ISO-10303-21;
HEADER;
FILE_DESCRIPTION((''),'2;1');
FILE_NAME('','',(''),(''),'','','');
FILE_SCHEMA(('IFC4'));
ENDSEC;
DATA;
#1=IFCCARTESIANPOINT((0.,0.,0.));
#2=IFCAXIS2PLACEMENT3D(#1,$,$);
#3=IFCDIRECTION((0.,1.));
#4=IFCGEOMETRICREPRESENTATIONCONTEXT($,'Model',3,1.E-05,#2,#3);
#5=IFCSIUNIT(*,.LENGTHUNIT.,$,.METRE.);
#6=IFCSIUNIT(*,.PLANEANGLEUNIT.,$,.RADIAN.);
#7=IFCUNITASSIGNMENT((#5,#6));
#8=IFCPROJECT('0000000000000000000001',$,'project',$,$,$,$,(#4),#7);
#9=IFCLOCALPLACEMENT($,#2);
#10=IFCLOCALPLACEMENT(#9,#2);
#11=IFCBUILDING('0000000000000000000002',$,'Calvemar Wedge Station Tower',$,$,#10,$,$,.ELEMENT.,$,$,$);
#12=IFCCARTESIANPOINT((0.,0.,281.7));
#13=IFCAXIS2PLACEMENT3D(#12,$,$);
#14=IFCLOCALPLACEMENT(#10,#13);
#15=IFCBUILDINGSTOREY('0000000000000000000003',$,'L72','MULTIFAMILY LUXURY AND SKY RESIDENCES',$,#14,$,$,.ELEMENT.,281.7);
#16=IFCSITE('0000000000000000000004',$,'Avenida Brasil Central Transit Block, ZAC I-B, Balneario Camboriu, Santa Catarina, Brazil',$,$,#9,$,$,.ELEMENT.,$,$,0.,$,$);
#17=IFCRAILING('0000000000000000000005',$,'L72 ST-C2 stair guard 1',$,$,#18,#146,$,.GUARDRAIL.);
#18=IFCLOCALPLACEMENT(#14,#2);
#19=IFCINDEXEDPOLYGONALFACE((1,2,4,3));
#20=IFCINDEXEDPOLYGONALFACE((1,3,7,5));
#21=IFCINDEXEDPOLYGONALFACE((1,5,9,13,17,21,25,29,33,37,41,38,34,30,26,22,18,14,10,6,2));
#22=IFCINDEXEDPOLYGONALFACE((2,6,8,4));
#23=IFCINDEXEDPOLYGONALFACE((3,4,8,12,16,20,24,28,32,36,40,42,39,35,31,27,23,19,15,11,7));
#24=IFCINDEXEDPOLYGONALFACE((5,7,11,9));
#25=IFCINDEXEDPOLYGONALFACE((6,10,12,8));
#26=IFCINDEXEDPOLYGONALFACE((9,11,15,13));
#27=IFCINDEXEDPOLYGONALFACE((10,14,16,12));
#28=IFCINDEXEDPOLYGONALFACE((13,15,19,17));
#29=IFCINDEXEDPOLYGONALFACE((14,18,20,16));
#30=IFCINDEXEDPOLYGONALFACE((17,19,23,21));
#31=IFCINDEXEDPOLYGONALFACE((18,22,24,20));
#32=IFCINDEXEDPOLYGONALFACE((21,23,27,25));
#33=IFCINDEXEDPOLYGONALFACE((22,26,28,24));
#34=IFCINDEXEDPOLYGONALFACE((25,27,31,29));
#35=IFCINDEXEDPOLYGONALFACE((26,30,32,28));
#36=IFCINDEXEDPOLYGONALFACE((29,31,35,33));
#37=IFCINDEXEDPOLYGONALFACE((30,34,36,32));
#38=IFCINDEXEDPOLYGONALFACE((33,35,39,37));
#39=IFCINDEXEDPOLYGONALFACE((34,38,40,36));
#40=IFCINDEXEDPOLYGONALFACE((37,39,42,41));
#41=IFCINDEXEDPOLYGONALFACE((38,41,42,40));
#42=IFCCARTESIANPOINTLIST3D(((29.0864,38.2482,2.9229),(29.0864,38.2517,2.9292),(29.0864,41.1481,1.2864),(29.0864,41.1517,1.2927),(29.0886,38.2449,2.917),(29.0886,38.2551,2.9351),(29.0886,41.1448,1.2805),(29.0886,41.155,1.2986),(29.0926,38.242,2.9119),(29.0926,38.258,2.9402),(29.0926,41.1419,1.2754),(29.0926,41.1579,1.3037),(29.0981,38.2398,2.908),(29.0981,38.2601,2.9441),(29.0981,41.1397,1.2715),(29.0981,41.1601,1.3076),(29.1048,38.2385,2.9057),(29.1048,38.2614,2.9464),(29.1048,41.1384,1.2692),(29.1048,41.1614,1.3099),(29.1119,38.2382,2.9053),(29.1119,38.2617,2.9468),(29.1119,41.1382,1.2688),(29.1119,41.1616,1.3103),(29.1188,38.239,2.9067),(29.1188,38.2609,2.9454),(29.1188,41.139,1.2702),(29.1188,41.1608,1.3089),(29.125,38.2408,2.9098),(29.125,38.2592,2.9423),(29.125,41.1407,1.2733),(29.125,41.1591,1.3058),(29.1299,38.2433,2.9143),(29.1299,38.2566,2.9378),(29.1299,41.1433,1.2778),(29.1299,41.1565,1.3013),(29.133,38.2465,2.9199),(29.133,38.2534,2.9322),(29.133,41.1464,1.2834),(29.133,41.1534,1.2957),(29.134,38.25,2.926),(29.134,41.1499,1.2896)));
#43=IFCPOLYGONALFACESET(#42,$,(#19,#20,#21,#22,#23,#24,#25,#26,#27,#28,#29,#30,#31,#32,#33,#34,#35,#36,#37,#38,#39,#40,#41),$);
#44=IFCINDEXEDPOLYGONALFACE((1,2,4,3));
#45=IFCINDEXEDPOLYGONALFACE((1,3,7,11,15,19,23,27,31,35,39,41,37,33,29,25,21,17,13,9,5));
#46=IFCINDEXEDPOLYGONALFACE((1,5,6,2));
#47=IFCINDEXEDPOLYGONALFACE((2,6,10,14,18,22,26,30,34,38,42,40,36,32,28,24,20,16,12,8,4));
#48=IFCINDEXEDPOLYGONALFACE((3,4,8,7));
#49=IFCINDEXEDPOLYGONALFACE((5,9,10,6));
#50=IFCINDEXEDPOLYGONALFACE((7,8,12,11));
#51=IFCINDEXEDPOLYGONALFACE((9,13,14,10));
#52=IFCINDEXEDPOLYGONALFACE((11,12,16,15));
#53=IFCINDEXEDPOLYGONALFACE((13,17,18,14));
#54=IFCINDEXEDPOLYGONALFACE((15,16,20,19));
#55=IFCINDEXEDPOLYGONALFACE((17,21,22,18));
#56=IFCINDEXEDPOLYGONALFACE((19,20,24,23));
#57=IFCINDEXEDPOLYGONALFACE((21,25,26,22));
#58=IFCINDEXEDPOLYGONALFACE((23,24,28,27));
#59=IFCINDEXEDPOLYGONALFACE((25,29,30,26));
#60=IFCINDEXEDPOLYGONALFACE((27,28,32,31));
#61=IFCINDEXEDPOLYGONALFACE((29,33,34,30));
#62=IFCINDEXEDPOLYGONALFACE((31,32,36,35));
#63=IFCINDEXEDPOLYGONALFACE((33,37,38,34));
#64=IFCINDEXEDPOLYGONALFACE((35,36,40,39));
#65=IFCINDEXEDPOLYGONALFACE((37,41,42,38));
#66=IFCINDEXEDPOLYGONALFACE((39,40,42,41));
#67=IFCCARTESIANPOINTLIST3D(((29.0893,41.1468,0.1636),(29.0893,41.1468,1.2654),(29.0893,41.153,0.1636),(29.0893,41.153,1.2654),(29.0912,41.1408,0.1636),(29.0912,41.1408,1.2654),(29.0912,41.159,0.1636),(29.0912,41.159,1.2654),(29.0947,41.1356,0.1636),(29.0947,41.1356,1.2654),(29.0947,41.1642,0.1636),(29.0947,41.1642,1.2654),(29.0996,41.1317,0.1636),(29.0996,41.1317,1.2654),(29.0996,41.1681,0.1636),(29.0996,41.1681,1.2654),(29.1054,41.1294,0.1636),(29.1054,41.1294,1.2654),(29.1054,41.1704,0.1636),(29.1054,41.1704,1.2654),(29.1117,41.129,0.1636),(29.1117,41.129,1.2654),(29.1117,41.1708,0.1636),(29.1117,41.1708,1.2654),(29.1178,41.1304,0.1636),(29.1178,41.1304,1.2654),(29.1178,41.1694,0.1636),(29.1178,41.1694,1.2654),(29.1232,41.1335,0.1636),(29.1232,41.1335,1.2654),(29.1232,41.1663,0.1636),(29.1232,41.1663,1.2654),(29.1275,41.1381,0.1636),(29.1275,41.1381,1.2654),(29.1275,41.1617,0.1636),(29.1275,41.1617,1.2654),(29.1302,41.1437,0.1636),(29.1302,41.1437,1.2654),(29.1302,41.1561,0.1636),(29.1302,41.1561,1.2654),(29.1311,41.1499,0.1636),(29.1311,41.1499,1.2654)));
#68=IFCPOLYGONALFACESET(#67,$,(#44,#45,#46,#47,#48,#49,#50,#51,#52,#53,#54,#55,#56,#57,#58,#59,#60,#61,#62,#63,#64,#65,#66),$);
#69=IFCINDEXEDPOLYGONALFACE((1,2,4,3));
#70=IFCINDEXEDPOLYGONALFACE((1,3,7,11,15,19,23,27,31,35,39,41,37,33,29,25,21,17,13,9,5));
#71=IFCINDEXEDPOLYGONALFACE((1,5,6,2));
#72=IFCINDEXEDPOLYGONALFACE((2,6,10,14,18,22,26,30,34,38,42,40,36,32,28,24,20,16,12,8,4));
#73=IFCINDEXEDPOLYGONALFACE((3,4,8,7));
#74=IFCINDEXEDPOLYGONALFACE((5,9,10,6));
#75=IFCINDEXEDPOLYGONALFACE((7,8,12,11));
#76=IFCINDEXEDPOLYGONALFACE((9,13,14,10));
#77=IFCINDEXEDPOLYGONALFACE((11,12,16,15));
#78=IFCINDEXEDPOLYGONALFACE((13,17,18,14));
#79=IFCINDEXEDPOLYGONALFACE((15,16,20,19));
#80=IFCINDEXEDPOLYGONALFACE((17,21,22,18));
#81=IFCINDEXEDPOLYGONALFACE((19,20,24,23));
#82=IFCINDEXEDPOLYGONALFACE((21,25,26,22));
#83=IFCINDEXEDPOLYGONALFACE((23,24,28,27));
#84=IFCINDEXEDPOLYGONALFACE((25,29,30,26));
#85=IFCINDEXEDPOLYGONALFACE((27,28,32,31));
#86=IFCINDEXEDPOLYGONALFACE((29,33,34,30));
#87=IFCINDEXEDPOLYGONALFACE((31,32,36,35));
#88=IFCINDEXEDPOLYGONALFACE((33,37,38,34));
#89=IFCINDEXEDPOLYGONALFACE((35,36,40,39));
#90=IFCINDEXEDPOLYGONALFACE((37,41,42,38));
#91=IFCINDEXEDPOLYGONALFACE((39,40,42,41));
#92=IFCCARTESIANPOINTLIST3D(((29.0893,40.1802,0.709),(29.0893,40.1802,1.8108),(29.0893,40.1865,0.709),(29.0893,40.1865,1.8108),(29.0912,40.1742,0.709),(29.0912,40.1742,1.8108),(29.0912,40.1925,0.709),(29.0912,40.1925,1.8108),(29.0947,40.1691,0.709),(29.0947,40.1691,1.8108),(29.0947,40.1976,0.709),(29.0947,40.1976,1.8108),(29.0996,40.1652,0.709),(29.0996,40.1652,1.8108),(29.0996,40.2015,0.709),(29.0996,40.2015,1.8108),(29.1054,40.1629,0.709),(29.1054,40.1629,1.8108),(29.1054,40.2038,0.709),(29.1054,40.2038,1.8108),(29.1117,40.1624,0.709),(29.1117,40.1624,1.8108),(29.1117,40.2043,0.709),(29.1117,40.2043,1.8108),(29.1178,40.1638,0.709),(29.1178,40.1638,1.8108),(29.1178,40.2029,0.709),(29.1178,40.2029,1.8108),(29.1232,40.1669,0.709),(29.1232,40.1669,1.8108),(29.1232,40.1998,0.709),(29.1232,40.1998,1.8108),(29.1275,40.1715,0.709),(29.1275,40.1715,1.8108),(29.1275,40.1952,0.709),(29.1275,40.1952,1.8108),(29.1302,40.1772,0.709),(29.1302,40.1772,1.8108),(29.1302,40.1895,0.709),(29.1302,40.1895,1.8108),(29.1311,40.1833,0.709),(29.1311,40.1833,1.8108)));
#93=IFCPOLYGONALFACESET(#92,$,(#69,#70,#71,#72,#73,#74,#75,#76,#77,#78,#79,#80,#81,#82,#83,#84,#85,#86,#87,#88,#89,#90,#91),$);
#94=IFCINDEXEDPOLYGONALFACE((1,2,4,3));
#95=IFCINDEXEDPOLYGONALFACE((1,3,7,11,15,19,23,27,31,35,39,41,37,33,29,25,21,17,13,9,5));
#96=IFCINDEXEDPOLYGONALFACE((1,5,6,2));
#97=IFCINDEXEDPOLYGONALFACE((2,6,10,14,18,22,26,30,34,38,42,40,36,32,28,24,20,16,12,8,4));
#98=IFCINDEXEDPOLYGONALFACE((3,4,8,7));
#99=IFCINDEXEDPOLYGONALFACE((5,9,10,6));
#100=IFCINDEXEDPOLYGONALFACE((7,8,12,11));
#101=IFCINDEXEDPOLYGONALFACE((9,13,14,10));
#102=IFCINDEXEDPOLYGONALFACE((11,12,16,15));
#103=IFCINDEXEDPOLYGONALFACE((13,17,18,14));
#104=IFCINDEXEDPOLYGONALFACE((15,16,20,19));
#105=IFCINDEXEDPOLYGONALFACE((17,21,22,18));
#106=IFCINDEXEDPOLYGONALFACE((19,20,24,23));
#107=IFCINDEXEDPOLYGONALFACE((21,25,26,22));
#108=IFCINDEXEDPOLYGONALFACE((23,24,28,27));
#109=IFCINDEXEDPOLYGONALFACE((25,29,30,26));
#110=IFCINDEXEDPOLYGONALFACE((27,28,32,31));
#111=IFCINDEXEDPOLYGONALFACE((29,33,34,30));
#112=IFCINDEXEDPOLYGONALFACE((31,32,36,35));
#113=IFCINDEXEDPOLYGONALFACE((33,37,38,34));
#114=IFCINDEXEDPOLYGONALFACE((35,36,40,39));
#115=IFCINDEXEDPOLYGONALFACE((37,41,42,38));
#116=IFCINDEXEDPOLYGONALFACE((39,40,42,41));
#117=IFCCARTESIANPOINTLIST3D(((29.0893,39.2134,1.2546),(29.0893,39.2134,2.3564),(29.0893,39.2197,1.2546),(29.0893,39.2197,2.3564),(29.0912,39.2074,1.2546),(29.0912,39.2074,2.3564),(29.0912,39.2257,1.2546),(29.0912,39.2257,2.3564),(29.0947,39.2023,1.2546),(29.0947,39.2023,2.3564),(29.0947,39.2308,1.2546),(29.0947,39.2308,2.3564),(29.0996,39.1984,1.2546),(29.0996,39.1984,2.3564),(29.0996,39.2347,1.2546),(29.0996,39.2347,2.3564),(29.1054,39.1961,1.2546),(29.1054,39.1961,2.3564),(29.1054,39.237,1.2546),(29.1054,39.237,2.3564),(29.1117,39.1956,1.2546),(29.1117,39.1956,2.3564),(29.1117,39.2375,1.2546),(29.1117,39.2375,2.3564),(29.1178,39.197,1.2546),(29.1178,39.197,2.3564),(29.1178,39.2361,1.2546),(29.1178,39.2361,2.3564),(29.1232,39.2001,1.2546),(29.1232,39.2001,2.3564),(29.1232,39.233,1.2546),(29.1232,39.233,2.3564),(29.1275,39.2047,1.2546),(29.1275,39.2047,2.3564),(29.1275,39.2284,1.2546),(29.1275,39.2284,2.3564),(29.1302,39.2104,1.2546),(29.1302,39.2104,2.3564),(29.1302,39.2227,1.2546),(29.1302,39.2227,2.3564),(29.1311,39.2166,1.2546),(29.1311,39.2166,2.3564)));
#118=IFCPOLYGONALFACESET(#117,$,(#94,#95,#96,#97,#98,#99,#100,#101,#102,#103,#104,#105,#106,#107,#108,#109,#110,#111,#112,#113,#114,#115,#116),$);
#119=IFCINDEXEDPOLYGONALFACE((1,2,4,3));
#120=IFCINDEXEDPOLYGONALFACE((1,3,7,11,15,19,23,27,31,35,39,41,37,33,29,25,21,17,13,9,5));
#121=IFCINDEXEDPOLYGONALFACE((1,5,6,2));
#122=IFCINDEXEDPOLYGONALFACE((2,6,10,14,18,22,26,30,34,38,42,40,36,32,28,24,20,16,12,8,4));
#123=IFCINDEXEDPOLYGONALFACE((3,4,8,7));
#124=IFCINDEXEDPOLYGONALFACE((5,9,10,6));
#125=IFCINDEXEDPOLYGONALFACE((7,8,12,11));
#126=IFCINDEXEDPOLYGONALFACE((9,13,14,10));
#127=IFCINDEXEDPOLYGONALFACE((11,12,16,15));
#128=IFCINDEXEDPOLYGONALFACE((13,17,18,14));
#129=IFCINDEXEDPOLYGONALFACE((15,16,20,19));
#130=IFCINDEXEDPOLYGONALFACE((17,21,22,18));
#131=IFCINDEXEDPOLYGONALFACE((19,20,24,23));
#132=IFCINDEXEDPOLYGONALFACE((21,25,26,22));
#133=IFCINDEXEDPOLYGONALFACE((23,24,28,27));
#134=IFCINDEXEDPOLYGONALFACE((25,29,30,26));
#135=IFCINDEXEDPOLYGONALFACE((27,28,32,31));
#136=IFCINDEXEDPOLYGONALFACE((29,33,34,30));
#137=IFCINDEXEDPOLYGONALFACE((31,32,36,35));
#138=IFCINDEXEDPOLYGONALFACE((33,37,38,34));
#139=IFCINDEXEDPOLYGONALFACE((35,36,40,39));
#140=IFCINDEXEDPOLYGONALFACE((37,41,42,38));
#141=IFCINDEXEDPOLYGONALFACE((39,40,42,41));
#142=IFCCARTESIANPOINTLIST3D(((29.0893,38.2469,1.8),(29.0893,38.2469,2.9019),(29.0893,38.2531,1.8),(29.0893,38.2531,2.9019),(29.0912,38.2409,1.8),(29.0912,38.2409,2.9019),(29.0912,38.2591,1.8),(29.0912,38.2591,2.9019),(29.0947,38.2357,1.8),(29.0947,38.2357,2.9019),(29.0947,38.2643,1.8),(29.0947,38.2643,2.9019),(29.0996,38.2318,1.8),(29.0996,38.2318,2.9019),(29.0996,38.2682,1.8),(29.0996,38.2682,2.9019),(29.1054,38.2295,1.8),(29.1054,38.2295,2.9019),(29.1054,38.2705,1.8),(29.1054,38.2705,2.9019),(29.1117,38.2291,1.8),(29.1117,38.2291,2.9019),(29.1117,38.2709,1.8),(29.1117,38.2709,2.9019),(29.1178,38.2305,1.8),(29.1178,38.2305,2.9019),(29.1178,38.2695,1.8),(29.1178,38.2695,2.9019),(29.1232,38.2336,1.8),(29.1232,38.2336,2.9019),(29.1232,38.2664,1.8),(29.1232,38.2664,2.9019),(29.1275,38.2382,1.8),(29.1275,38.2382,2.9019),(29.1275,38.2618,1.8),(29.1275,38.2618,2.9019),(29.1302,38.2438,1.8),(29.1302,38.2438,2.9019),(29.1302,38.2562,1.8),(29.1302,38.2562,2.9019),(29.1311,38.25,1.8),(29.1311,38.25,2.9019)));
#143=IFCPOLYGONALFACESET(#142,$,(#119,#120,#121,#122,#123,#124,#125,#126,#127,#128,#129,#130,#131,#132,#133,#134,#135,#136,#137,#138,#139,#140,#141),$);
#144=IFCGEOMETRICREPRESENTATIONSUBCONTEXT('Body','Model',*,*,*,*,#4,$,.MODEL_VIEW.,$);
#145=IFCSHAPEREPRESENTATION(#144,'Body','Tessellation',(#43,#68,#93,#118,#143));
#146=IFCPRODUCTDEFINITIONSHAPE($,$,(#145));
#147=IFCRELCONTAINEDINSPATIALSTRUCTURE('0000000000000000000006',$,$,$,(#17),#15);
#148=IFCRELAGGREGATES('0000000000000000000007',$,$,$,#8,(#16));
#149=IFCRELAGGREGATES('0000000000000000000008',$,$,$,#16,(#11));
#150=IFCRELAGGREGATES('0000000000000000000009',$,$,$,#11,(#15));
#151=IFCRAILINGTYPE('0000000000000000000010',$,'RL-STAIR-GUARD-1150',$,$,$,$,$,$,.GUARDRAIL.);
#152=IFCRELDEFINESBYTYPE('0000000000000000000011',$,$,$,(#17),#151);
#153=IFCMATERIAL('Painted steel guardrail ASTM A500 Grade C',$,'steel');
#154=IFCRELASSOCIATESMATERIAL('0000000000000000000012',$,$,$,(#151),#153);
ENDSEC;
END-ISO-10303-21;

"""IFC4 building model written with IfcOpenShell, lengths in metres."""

from ifc_helpers import new_model, si_unit, direction, frame, origin, origin_2d, place, context, subcontext, project, spatial, circle, extrude, material, type_object, element, save


model = new_model("IFC4")

# Units and contexts
model_context = context("Model", 3, precision=1e-05, world=origin(), true_north=direction((0.0, 1.0)))
body_context = subcontext(model_context, "Body", "Model", "MODEL_VIEW")
ifc_project = project(units=[si_unit("LENGTHUNIT", "METRE"), si_unit("PLANEANGLEUNIT", "RADIAN")], contexts=[model_context])

# Site, building, storey
site_placement = place(None, origin())
site = spatial("IfcSite", under=ifc_project, at=site_placement, Name="Avenida Brasil Central Transit Block, ZAC I-B, Balneario Camboriu, Santa Catarina, Brazil", CompositionType="ELEMENT", RefElevation=0.0)
building_placement = place(site_placement, origin())
building = spatial("IfcBuilding", under=site, at=building_placement, Name="Calvemar Wedge Station Tower", CompositionType="ELEMENT")
storey_placement = place(building_placement, frame((0.0, 0.0, 281.7)))
storey = spatial("IfcBuildingStorey", under=building, at=storey_placement, Name="L72", Description="MULTIFAMILY LUXURY AND SKY RESIDENCES", CompositionType="ELEMENT", Elevation=281.7)

# Railing
ifc_material_1 = material(Name="Painted steel guardrail ASTM A500 Grade C", Category="steel")
railing_type_1 = type_object("IfcRailingType", Name="RL-STAIR-GUARD-1150", PredefinedType="GUARDRAIL", material=ifc_material_1)
railing_1_placement = place(storey_placement, frame((29.1101, 41.1499, 0.1636)))
element("IfcRailing", 1, at=railing_1_placement, inside=storey, type_object=railing_type_1, Name="L72 ST-C2 stair guard 1", PredefinedType="GUARDRAIL", context=body_context, shape_type="SweptSolid", body=[
    extrude(circle(Radius=0.0239, at=origin_2d()), frame((0.0, 0.0, 1.126), z_axis=(0.0, -0.870897, 0.491465), x_axis=(1.0, 0.0, 0.0)), (0.0, 0.0, 1.0), 3.3298),
    extrude(circle(Radius=0.021, at=origin_2d()), origin(), (0.0, 0.0, 1.0), 1.1018),
    extrude(circle(Radius=0.021, at=origin_2d()), frame((0.0, -0.9666, 0.5454)), (0.0, 0.0, 1.0), 1.1018),
    extrude(circle(Radius=0.021, at=origin_2d()), frame((0.0, -1.9333, 1.0911)), (0.0, 0.0, 1.0), 1.1018),
    extrude(circle(Radius=0.021, at=origin_2d()), frame((0.0, -2.8999, 1.6365)), (0.0, 0.0, 1.0), 1.1018),
])

save(model, "model.ifc")
